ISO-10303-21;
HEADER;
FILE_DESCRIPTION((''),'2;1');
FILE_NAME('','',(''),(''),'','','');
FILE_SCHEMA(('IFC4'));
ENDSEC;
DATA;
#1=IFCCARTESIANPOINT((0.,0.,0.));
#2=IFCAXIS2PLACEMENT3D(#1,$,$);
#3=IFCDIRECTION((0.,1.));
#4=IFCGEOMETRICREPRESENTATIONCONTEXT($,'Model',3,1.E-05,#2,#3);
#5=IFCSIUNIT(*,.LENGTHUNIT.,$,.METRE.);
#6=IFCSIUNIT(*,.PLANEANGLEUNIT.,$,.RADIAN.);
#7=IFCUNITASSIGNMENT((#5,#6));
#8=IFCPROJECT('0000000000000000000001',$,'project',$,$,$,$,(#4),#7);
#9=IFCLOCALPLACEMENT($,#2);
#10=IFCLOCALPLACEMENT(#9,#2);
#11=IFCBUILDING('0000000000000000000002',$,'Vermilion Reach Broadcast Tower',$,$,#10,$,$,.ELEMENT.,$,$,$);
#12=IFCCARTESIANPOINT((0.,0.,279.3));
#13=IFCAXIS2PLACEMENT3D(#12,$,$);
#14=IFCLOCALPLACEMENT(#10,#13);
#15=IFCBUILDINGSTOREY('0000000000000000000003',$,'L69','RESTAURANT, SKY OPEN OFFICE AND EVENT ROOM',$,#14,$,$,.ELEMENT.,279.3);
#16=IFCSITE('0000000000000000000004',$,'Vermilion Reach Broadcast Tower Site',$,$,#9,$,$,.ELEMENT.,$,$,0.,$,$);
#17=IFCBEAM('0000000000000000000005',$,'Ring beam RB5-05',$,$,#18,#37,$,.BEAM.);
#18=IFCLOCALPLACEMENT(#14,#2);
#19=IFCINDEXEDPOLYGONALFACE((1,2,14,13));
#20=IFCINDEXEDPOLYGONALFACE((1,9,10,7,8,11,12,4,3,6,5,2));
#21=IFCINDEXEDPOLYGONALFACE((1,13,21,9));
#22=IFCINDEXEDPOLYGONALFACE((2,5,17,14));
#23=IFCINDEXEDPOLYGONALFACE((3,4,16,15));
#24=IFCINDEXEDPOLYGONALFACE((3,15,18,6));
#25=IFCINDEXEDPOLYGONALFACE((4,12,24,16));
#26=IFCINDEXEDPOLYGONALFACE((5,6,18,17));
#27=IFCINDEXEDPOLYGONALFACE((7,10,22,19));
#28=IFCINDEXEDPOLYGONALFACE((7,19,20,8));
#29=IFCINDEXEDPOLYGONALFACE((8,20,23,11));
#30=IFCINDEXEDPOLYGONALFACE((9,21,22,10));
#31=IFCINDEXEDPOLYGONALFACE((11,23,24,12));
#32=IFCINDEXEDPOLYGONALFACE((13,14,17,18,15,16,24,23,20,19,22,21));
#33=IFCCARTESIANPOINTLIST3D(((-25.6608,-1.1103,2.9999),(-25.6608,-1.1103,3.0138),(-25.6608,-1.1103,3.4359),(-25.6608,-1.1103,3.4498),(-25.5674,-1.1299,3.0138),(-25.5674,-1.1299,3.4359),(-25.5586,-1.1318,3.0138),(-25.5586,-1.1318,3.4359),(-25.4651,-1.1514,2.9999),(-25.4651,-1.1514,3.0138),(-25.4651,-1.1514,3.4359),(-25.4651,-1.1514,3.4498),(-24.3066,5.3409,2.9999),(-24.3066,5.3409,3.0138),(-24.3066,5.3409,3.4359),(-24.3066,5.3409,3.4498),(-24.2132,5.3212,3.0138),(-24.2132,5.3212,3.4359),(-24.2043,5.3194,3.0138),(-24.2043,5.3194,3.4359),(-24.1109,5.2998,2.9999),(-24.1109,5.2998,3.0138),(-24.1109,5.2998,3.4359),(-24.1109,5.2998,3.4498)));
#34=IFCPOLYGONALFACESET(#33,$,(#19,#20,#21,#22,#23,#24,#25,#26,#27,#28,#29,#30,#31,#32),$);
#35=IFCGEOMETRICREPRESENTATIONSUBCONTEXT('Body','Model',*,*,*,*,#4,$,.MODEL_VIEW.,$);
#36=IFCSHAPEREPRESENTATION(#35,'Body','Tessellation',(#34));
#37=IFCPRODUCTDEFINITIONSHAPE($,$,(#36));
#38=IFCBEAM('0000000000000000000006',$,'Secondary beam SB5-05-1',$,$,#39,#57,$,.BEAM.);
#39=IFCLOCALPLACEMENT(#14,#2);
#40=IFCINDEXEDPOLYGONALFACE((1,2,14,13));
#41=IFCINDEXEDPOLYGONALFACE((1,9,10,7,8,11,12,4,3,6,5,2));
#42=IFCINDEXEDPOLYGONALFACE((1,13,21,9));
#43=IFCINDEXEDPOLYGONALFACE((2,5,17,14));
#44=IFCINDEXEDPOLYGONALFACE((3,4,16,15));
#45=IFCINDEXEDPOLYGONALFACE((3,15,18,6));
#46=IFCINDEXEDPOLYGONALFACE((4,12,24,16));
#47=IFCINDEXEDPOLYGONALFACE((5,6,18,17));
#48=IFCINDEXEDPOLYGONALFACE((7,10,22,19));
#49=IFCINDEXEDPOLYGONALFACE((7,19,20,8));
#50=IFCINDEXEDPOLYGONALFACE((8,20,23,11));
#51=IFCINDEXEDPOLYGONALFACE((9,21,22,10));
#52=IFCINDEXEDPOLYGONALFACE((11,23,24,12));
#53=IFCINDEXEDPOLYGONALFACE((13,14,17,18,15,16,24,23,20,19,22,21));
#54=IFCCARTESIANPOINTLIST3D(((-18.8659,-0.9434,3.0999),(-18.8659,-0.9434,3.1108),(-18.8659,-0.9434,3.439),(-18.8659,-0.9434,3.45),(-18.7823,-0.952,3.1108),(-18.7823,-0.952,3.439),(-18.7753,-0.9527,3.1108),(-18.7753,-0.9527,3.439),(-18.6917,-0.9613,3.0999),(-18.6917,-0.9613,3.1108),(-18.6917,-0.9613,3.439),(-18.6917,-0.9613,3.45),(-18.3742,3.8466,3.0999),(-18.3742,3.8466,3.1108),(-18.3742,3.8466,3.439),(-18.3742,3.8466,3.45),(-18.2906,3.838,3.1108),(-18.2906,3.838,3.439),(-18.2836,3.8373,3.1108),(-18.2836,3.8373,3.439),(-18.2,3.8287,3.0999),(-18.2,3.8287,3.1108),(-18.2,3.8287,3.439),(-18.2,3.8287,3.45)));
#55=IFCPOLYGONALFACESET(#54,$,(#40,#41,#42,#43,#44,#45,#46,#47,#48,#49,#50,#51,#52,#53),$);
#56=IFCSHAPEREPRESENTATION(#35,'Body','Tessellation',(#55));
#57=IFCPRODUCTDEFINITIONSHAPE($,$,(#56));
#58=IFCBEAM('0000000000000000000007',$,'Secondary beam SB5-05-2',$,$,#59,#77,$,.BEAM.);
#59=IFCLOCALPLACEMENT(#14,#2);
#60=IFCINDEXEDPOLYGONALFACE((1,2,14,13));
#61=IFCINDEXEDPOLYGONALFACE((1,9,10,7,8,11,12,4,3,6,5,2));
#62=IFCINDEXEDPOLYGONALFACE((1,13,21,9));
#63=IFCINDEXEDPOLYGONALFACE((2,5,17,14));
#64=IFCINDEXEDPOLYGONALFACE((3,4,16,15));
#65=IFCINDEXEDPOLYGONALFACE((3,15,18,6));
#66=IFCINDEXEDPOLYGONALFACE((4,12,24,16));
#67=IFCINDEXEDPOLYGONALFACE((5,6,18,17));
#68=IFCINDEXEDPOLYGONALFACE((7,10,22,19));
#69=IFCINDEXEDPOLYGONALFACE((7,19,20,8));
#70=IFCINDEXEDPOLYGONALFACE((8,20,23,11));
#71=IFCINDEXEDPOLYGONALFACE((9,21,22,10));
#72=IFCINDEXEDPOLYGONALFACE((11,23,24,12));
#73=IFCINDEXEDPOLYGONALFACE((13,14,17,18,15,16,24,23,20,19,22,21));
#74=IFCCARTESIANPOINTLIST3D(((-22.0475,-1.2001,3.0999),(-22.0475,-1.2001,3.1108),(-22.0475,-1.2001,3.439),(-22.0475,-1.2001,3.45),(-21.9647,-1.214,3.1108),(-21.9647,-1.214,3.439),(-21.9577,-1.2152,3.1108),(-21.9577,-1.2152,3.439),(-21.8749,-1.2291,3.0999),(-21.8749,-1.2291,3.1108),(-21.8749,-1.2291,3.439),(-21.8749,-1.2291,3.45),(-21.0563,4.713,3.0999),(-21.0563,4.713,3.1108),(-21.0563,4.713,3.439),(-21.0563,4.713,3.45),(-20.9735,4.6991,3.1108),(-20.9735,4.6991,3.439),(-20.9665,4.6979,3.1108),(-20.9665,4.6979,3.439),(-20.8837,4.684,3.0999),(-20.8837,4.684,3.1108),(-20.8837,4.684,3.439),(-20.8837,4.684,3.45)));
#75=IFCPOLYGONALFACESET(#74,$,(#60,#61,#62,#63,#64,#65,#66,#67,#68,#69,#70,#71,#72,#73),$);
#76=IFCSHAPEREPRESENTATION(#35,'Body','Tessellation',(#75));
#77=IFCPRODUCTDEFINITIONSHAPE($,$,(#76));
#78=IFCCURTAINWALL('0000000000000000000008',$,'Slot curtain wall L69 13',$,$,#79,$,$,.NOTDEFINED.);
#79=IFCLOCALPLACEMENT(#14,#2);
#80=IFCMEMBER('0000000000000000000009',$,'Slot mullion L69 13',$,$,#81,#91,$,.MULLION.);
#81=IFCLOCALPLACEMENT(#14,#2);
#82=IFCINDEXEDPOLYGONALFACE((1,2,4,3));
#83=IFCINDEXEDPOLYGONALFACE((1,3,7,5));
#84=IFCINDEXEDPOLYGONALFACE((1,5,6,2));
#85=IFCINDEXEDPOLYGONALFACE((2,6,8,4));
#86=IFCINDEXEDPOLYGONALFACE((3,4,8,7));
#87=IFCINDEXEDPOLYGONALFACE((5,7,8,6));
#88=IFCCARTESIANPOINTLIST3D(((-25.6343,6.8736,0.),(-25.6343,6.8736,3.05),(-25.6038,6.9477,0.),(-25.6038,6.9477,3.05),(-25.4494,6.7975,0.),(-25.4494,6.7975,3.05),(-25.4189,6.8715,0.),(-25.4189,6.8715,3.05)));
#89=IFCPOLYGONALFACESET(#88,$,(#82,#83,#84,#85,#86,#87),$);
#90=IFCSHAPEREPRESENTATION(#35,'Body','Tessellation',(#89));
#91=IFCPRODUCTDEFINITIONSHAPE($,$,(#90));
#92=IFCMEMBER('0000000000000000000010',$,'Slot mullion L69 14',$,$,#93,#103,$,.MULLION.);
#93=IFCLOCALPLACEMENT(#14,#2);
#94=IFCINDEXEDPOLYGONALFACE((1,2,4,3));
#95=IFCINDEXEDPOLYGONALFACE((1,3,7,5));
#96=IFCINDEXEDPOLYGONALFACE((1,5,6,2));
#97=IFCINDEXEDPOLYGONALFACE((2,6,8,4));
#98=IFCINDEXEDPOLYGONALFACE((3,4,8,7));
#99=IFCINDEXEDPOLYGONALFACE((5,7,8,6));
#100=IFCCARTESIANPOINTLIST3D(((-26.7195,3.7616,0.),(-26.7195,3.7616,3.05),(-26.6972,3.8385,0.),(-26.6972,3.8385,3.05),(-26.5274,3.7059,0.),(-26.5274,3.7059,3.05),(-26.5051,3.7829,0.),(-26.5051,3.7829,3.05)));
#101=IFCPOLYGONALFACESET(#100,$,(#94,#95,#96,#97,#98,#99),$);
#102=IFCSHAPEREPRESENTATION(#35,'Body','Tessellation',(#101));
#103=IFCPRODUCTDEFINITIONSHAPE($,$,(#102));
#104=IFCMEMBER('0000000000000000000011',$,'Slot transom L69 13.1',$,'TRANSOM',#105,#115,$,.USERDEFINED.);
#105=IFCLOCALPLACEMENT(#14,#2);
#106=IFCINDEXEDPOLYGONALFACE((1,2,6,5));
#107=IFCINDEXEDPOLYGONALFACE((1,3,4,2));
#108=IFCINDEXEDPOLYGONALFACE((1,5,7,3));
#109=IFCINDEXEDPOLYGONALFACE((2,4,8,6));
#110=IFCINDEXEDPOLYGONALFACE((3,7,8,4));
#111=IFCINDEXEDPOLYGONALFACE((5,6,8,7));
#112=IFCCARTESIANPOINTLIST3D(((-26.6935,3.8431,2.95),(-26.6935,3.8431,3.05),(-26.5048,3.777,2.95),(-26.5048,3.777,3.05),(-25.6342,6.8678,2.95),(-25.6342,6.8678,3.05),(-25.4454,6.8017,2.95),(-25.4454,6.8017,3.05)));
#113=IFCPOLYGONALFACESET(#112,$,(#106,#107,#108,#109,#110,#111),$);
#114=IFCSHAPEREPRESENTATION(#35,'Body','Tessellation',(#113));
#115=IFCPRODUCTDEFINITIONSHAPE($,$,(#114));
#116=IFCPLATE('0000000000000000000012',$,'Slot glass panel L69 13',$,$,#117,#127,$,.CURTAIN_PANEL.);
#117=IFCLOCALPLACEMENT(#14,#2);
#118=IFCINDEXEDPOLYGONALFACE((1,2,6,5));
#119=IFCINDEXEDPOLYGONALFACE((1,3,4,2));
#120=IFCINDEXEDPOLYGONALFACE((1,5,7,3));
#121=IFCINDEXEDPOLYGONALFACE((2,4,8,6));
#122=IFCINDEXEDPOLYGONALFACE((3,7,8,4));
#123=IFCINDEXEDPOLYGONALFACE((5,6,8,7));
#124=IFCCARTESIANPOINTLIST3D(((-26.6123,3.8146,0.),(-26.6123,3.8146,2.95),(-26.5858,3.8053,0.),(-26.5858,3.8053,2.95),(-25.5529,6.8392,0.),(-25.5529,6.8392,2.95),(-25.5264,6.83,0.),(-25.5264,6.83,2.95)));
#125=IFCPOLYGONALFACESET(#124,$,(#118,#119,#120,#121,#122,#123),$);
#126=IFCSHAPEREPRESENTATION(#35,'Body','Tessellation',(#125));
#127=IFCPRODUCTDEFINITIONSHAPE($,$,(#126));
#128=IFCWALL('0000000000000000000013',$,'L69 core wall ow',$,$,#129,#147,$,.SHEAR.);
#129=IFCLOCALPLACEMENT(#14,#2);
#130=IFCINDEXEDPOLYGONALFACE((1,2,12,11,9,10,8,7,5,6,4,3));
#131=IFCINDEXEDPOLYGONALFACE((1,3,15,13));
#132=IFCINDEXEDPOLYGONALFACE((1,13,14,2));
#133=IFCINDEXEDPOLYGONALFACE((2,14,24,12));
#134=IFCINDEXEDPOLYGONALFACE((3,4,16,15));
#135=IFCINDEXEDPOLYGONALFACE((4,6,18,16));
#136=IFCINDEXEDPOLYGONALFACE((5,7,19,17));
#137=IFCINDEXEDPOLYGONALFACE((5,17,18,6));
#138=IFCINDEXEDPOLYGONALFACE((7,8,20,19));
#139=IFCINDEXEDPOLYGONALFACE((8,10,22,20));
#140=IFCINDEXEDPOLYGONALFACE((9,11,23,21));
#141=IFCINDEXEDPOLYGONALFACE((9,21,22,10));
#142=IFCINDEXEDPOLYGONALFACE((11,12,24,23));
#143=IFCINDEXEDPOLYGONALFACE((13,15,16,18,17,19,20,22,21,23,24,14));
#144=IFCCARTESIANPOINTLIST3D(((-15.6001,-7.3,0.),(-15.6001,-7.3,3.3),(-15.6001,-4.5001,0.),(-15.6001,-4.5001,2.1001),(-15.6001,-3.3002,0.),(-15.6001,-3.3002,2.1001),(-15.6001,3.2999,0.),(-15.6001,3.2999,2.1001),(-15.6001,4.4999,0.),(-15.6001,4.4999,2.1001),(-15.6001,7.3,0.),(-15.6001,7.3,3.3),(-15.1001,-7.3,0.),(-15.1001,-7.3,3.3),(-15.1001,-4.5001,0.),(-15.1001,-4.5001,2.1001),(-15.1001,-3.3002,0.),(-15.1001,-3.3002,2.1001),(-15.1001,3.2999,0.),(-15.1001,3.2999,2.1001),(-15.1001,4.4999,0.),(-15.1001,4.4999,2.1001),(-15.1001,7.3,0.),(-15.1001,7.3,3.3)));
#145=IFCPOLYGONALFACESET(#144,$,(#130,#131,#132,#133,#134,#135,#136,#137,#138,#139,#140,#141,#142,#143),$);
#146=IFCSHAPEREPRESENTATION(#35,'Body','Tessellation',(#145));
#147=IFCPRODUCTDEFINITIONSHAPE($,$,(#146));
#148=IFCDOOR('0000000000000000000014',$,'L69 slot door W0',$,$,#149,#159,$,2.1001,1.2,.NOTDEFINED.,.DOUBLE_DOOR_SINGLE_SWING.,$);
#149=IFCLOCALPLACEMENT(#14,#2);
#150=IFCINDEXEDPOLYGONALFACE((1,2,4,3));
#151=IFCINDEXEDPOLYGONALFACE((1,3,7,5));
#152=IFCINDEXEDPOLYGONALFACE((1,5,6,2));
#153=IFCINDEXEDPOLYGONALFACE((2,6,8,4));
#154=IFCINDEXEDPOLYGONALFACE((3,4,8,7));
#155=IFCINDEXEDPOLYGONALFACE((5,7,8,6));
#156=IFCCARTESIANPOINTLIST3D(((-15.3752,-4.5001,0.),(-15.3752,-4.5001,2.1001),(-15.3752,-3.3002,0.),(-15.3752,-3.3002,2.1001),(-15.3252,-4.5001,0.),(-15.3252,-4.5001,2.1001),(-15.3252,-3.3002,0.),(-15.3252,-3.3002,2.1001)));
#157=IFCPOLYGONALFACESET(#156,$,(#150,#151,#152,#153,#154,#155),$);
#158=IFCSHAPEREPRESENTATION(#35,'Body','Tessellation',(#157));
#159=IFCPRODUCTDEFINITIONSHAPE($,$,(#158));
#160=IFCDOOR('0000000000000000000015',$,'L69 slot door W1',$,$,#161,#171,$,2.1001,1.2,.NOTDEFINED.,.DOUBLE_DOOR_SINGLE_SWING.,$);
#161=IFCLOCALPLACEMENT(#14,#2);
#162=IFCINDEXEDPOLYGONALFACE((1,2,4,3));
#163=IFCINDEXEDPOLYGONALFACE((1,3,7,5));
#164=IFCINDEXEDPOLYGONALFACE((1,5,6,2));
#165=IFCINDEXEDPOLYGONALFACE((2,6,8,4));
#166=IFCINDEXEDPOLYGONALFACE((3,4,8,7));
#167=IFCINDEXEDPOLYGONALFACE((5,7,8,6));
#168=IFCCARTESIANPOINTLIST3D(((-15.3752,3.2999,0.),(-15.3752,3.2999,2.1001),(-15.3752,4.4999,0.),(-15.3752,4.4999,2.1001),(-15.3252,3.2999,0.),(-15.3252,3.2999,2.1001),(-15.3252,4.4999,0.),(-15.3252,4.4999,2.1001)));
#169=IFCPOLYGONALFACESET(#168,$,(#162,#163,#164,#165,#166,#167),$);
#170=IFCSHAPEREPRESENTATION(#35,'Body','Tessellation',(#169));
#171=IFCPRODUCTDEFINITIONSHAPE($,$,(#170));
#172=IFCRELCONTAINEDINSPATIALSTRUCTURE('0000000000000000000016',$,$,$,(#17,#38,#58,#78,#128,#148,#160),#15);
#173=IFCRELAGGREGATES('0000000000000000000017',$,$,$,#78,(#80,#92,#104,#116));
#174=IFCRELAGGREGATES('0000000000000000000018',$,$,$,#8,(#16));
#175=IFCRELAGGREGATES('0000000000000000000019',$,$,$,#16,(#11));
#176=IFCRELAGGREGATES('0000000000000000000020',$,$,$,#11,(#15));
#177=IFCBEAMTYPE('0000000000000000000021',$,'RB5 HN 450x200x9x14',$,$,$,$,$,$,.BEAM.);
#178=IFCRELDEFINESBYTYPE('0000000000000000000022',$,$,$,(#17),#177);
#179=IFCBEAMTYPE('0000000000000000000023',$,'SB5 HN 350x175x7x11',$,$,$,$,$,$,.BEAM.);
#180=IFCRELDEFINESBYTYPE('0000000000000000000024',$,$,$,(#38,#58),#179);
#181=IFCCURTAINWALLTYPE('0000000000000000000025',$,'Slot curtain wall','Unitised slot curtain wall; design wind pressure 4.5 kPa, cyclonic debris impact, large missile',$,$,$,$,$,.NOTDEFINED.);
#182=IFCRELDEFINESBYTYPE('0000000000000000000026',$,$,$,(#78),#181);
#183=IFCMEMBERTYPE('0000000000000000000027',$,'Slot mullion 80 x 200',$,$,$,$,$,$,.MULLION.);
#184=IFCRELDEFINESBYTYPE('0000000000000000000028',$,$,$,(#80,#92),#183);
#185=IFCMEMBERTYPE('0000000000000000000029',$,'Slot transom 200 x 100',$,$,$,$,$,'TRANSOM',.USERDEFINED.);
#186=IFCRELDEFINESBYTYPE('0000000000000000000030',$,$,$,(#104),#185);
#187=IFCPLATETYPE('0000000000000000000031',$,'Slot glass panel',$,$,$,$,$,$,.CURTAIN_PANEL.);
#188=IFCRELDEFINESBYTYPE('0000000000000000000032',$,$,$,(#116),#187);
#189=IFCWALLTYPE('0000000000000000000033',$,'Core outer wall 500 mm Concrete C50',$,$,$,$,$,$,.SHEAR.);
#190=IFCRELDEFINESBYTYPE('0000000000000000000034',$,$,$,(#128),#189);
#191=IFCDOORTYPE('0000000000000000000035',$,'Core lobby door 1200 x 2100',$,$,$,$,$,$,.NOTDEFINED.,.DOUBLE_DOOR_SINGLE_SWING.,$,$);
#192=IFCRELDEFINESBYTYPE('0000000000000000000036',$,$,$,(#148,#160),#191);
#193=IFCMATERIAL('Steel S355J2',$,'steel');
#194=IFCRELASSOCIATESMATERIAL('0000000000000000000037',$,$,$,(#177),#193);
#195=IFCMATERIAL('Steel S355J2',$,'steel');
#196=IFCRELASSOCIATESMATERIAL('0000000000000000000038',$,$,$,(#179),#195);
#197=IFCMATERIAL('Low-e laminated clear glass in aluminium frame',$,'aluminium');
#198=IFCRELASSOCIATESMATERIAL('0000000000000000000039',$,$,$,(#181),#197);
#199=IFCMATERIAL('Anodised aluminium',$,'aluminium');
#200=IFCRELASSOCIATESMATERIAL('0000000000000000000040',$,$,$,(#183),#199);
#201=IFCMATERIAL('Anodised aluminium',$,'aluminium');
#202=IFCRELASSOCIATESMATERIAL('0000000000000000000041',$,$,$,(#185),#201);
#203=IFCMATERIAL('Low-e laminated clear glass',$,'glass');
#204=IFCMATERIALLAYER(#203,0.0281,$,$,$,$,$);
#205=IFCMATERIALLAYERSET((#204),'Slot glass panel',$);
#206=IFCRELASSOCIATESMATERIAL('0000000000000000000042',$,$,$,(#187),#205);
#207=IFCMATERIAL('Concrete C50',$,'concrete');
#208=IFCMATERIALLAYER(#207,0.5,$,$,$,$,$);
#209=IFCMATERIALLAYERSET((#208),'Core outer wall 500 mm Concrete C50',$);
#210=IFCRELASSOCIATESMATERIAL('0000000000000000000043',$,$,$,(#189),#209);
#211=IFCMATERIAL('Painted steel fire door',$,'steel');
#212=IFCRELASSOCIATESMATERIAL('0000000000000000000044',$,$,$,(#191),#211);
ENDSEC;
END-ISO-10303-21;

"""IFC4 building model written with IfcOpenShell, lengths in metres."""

from ifc_helpers import new_model, si_unit, direction, frame, frame_2d, origin, origin_2d, place, context, subcontext, project, spatial, rectangle, i_section, extrude, material, layer, layer_set, material_profile, profile_set, type_object, element, fill, aggregate, save


model = new_model("IFC4")

# Units and contexts
model_context = context("Model", 3, precision=1e-05, world=origin(), true_north=direction((0.0, 1.0)))
body_context = subcontext(model_context, "Body", "Model", "MODEL_VIEW")
ifc_project = project(units=[si_unit("LENGTHUNIT", "METRE"), si_unit("PLANEANGLEUNIT", "RADIAN")], contexts=[model_context])

# Site, building, storey
site_placement = place(None, origin())
site = spatial("IfcSite", under=ifc_project, at=site_placement, Name="Vermilion Reach Broadcast Tower Site", CompositionType="ELEMENT", RefElevation=0.0)
building_placement = place(site_placement, origin())
building = spatial("IfcBuilding", under=site, at=building_placement, Name="Vermilion Reach Broadcast Tower", CompositionType="ELEMENT")
storey_placement = place(building_placement, frame((0.0, 0.0, 279.3)))
storey = spatial("IfcBuildingStorey", under=building, at=storey_placement, Name="L69", Description="RESTAURANT, SKY OPEN OFFICE AND EVENT ROOM", CompositionType="ELEMENT", Elevation=279.3)

# Beams
ifc_material_1 = material(Name="Steel S355J2", Category="steel")
ifc_material_profile_1 = material_profile(ifc_material_1, i_section(OverallWidth=0.2, OverallDepth=0.45, WebThickness=0.009, FlangeThickness=0.0139, at=origin_2d()), Name="S355J2 HN 450x200x9x14")
ifc_profile_set_1 = profile_set([ifc_material_profile_1], Name="Steel S355J2")
beam_type_1 = type_object("IfcBeamType", Name="RB5 HN 450x200x9x14", PredefinedType="BEAM", material=ifc_profile_set_1)
beam_1_placement = place(storey_placement, frame((-24.2087, 5.3203, 3.2249), z_axis=(-0.205445, -0.978669, 0.0), x_axis=(0.978669, -0.205445, 0.0)))
element("IfcBeam", 1, at=beam_1_placement, inside=storey, type_object=beam_type_1, Name="Ring beam RB5-05", PredefinedType="BEAM", context=body_context, shape_type="SweptSolid", body=[
    extrude(i_section(OverallWidth=0.2, OverallDepth=0.45, WebThickness=0.009, FlangeThickness=0.0139, at=origin_2d()), origin(), (0.0, 0.0, 1.0), 6.5918),
])
ifc_material_2 = material(Name="Steel S355J2", Category="steel")
ifc_material_profile_2 = material_profile(ifc_material_2, i_section(OverallWidth=0.175, OverallDepth=0.3501, WebThickness=0.0071, FlangeThickness=0.011, at=origin_2d()), Name="S355J2 HN 350x175x7x11")
ifc_profile_set_2 = profile_set([ifc_material_profile_2], Name="Steel S355J2")
beam_type_2 = type_object("IfcBeamType", Name="SB5 HN 350x175x7x11", PredefinedType="BEAM", material=ifc_profile_set_2)
beam_2_placement = place(storey_placement, frame((-18.2871, 3.8376, 3.2749), z_axis=(-0.102114, -0.994773, 0.0), x_axis=(0.994773, -0.102114, 0.0)))
element("IfcBeam", 2, at=beam_2_placement, inside=storey, type_object=beam_type_2, Name="Secondary beam SB5-05-1", PredefinedType="BEAM", context=body_context, shape_type="SweptSolid", body=[
    extrude(i_section(OverallWidth=0.175, OverallDepth=0.3501, WebThickness=0.0071, FlangeThickness=0.011, at=origin_2d()), origin(), (0.0, 0.0, 1.0), 4.8152),
])
beam_3_placement = place(storey_placement, frame((-20.97, 4.6985, 3.2749), z_axis=(-0.165323, -0.986239, 0.0), x_axis=(0.986239, -0.165323, 0.0)))
element("IfcBeam", 3, at=beam_3_placement, inside=storey, type_object=beam_type_2, Name="Secondary beam SB5-05-2", PredefinedType="BEAM", context=body_context, shape_type="SweptSolid", body=[
    extrude(i_section(OverallWidth=0.175, OverallDepth=0.3501, WebThickness=0.0071, FlangeThickness=0.011, at=origin_2d()), origin(), (0.0, 0.0, 1.0), 5.9956),
])

# Curtain wall, members, plate
ifc_material_3 = material(Name="Low-e laminated clear glass in aluminium frame", Category="aluminium")
curtain_wall_type = type_object("IfcCurtainWallType", Name="Slot curtain wall", Description="Unitised slot curtain wall; design wind pressure 4.5 kPa, cyclonic debris impact, large missile", PredefinedType="NOTDEFINED", material=ifc_material_3)
curtain_wall_placement = place(storey_placement, origin())
curtain_wall = element("IfcCurtainWall", 4, at=curtain_wall_placement, inside=storey, type_object=curtain_wall_type, Name="Slot curtain wall L69 13", PredefinedType="NOTDEFINED")
ifc_material_4 = material(Name="Anodised aluminium", Category="aluminium")
ifc_material_profile_3 = material_profile(ifc_material_4, rectangle(XDim=0.2, YDim=0.0801, at=origin_2d()), Name="Slot mullion 80 x 200")
ifc_profile_set_3 = profile_set([ifc_material_profile_3], Name="Anodised aluminium")
member_type_1 = type_object("IfcMemberType", Name="Slot mullion 80 x 200", PredefinedType="MULLION", material=ifc_profile_set_3)
member_1_placement = place(storey_placement, frame((-25.5266, 6.8726, 0.0), z_axis=(0.0, 0.0, 1.0), x_axis=(0.924585, -0.380975, 0.0)))
member_1 = element("IfcMember", 5, at=member_1_placement, type_object=member_type_1, Name="Slot mullion L69 13", PredefinedType="MULLION", context=body_context, shape_type="SweptSolid", body=[
    extrude(rectangle(XDim=0.2, YDim=0.0801, at=origin_2d()), origin(), (0.0, 0.0, 1.0), 3.05),
])
member_2_placement = place(storey_placement, frame((-26.6123, 3.7722, 0.0), z_axis=(0.0, 0.0, 1.0), x_axis=(0.960493, -0.278304, 0.0)))
member_2 = element("IfcMember", 6, at=member_2_placement, type_object=member_type_1, Name="Slot mullion L69 14", PredefinedType="MULLION", context=body_context, shape_type="SweptSolid", body=[
    extrude(rectangle(XDim=0.2, YDim=0.0801, at=origin_2d()), origin(), (0.0, 0.0, 1.0), 3.05),
])
ifc_material_5 = material(Name="Anodised aluminium", Category="aluminium")
ifc_material_profile_4 = material_profile(ifc_material_5, rectangle(XDim=0.2, YDim=0.1001, at=origin_2d()), Name="Slot transom 200 x 100")
ifc_profile_set_4 = profile_set([ifc_material_profile_4], Name="Anodised aluminium")
member_type_2 = type_object("IfcMemberType", Name="Slot transom 200 x 100", ElementType="TRANSOM", PredefinedType="USERDEFINED", material=ifc_profile_set_4)
member_3_placement = place(storey_placement, frame((-25.5398, 6.8347, 3.0), z_axis=(-0.330544, -0.943791, 0.0), x_axis=(0.943791, -0.330544, 0.0)))
member_3 = element("IfcMember", 7, at=member_3_placement, type_object=member_type_2, Name="Slot transom L69 13.1", ObjectType="TRANSOM", PredefinedType="USERDEFINED", context=body_context, shape_type="SweptSolid", body=[
    extrude(rectangle(XDim=0.2, YDim=0.1001, at=origin_2d()), origin(), (0.0, 0.0, 1.0), 3.2048),
])
ifc_material_6 = material(Name="Low-e laminated clear glass", Category="glass")
ifc_layer_1 = layer(ifc_material_6, 0.0281)
ifc_layer_set_1 = layer_set([ifc_layer_1], Name="Slot glass panel")
plate_type = type_object("IfcPlateType", Name="Slot glass panel", PredefinedType="CURTAIN_PANEL", material=ifc_layer_set_1)
plate_placement = place(storey_placement, frame((-26.0693, 5.3223, 0.0), z_axis=(0.0, 0.0, 1.0), x_axis=(-0.330555, -0.943787, 0.0)))
plate = element("IfcPlate", 8, at=plate_placement, type_object=plate_type, Name="Slot glass panel L69 13", PredefinedType="CURTAIN_PANEL", context=body_context, shape_type="SweptSolid", body=[
    extrude(rectangle(XDim=3.2048, YDim=0.0281, at=origin_2d()), origin(), (0.0, 0.0, 1.0), 2.95),
])
aggregate(curtain_wall, [member_1, member_2, member_3, plate])

# Wall, openings, doors
ifc_material_7 = material(Name="Concrete C50", Category="concrete")
ifc_layer_2 = layer(ifc_material_7, 0.5)
ifc_layer_set_2 = layer_set([ifc_layer_2], Name="Core outer wall 500 mm Concrete C50")
wall_type_1 = type_object("IfcWallType", Name="Core outer wall 500 mm Concrete C50", PredefinedType="SHEAR", material=ifc_layer_set_2)
wall_1_placement = place(storey_placement, frame((-15.3501, 7.3, 0.0), z_axis=(0.0, 0.0, 1.0), x_axis=(0.0, -1.0, 0.0)))
wall_1 = element("IfcWall", 9, at=wall_1_placement, inside=storey, type_object=wall_type_1, Name="L69 core wall ow", PredefinedType="SHEAR", context=body_context, shape_type="SweptSolid", body=[
    extrude(rectangle(XDim=14.6001, YDim=0.5, at=frame_2d((7.3, 0.0))), origin(), (0.0, 0.0, 1.0), 3.3),
])
opening_1_placement = place(wall_1_placement, frame((10.6001, 0.0, 0.0)))
opening_1 = element("IfcOpeningElement", 10, at=opening_1_placement, cuts=wall_1, PredefinedType="OPENING", context=body_context, shape_type="SweptSolid", body=[
    extrude(rectangle(XDim=1.2, YDim=2.1001, at=frame_2d((0.6001, 1.05))), frame((0.0, 0.26, 0.0), z_axis=(0.0, -1.0, 0.0), x_axis=(1.0, 0.0, 0.0)), (0.0, 0.0, 1.0), 0.52),
])
opening_2_placement = place(wall_1_placement, frame((2.8, 0.0, 0.0)))
opening_2 = element("IfcOpeningElement", 11, at=opening_2_placement, cuts=wall_1, PredefinedType="OPENING", context=body_context, shape_type="SweptSolid", body=[
    extrude(rectangle(XDim=1.2, YDim=2.1001, at=frame_2d((0.6001, 1.05))), frame((0.0, 0.26, 0.0), z_axis=(0.0, -1.0, 0.0), x_axis=(1.0, 0.0, 0.0)), (0.0, 0.0, 1.0), 0.52),
])
ifc_material_8 = material(Name="Painted steel fire door", Category="steel")
door_type = type_object("IfcDoorType", Name="Core lobby door 1200 x 2100", OperationType="DOUBLE_DOOR_SINGLE_SWING", PredefinedType="NOTDEFINED", material=ifc_material_8)
door_1_placement = place(opening_1_placement, origin())
door_1 = element("IfcDoor", 12, at=door_1_placement, inside=storey, type_object=door_type, Name="L69 slot door W0", OperationType="DOUBLE_DOOR_SINGLE_SWING", OverallHeight=2.1001, OverallWidth=1.2, PredefinedType="NOTDEFINED", context=body_context, shape_type="SweptSolid", body=[
    extrude(rectangle(XDim=1.2, YDim=2.1001, at=frame_2d((0.6001, 1.05))), frame((0.0, 0.0249, 0.0), z_axis=(0.0, -1.0, 0.0), x_axis=(1.0, 0.0, 0.0)), (0.0, 0.0, 1.0), 0.05),
])
fill(opening_1, door_1)
door_2_placement = place(opening_2_placement, origin())
door_2 = element("IfcDoor", 13, at=door_2_placement, inside=storey, type_object=door_type, Name="L69 slot door W1", OperationType="DOUBLE_DOOR_SINGLE_SWING", OverallHeight=2.1001, OverallWidth=1.2, PredefinedType="NOTDEFINED", context=body_context, shape_type="SweptSolid", body=[
    extrude(rectangle(XDim=1.2, YDim=2.1001, at=frame_2d((0.6001, 1.05))), frame((0.0, 0.0249, 0.0), z_axis=(0.0, -1.0, 0.0), x_axis=(1.0, 0.0, 0.0)), (0.0, 0.0, 1.0), 0.05),
])
fill(opening_2, door_2)

save(model, "model.ifc")
